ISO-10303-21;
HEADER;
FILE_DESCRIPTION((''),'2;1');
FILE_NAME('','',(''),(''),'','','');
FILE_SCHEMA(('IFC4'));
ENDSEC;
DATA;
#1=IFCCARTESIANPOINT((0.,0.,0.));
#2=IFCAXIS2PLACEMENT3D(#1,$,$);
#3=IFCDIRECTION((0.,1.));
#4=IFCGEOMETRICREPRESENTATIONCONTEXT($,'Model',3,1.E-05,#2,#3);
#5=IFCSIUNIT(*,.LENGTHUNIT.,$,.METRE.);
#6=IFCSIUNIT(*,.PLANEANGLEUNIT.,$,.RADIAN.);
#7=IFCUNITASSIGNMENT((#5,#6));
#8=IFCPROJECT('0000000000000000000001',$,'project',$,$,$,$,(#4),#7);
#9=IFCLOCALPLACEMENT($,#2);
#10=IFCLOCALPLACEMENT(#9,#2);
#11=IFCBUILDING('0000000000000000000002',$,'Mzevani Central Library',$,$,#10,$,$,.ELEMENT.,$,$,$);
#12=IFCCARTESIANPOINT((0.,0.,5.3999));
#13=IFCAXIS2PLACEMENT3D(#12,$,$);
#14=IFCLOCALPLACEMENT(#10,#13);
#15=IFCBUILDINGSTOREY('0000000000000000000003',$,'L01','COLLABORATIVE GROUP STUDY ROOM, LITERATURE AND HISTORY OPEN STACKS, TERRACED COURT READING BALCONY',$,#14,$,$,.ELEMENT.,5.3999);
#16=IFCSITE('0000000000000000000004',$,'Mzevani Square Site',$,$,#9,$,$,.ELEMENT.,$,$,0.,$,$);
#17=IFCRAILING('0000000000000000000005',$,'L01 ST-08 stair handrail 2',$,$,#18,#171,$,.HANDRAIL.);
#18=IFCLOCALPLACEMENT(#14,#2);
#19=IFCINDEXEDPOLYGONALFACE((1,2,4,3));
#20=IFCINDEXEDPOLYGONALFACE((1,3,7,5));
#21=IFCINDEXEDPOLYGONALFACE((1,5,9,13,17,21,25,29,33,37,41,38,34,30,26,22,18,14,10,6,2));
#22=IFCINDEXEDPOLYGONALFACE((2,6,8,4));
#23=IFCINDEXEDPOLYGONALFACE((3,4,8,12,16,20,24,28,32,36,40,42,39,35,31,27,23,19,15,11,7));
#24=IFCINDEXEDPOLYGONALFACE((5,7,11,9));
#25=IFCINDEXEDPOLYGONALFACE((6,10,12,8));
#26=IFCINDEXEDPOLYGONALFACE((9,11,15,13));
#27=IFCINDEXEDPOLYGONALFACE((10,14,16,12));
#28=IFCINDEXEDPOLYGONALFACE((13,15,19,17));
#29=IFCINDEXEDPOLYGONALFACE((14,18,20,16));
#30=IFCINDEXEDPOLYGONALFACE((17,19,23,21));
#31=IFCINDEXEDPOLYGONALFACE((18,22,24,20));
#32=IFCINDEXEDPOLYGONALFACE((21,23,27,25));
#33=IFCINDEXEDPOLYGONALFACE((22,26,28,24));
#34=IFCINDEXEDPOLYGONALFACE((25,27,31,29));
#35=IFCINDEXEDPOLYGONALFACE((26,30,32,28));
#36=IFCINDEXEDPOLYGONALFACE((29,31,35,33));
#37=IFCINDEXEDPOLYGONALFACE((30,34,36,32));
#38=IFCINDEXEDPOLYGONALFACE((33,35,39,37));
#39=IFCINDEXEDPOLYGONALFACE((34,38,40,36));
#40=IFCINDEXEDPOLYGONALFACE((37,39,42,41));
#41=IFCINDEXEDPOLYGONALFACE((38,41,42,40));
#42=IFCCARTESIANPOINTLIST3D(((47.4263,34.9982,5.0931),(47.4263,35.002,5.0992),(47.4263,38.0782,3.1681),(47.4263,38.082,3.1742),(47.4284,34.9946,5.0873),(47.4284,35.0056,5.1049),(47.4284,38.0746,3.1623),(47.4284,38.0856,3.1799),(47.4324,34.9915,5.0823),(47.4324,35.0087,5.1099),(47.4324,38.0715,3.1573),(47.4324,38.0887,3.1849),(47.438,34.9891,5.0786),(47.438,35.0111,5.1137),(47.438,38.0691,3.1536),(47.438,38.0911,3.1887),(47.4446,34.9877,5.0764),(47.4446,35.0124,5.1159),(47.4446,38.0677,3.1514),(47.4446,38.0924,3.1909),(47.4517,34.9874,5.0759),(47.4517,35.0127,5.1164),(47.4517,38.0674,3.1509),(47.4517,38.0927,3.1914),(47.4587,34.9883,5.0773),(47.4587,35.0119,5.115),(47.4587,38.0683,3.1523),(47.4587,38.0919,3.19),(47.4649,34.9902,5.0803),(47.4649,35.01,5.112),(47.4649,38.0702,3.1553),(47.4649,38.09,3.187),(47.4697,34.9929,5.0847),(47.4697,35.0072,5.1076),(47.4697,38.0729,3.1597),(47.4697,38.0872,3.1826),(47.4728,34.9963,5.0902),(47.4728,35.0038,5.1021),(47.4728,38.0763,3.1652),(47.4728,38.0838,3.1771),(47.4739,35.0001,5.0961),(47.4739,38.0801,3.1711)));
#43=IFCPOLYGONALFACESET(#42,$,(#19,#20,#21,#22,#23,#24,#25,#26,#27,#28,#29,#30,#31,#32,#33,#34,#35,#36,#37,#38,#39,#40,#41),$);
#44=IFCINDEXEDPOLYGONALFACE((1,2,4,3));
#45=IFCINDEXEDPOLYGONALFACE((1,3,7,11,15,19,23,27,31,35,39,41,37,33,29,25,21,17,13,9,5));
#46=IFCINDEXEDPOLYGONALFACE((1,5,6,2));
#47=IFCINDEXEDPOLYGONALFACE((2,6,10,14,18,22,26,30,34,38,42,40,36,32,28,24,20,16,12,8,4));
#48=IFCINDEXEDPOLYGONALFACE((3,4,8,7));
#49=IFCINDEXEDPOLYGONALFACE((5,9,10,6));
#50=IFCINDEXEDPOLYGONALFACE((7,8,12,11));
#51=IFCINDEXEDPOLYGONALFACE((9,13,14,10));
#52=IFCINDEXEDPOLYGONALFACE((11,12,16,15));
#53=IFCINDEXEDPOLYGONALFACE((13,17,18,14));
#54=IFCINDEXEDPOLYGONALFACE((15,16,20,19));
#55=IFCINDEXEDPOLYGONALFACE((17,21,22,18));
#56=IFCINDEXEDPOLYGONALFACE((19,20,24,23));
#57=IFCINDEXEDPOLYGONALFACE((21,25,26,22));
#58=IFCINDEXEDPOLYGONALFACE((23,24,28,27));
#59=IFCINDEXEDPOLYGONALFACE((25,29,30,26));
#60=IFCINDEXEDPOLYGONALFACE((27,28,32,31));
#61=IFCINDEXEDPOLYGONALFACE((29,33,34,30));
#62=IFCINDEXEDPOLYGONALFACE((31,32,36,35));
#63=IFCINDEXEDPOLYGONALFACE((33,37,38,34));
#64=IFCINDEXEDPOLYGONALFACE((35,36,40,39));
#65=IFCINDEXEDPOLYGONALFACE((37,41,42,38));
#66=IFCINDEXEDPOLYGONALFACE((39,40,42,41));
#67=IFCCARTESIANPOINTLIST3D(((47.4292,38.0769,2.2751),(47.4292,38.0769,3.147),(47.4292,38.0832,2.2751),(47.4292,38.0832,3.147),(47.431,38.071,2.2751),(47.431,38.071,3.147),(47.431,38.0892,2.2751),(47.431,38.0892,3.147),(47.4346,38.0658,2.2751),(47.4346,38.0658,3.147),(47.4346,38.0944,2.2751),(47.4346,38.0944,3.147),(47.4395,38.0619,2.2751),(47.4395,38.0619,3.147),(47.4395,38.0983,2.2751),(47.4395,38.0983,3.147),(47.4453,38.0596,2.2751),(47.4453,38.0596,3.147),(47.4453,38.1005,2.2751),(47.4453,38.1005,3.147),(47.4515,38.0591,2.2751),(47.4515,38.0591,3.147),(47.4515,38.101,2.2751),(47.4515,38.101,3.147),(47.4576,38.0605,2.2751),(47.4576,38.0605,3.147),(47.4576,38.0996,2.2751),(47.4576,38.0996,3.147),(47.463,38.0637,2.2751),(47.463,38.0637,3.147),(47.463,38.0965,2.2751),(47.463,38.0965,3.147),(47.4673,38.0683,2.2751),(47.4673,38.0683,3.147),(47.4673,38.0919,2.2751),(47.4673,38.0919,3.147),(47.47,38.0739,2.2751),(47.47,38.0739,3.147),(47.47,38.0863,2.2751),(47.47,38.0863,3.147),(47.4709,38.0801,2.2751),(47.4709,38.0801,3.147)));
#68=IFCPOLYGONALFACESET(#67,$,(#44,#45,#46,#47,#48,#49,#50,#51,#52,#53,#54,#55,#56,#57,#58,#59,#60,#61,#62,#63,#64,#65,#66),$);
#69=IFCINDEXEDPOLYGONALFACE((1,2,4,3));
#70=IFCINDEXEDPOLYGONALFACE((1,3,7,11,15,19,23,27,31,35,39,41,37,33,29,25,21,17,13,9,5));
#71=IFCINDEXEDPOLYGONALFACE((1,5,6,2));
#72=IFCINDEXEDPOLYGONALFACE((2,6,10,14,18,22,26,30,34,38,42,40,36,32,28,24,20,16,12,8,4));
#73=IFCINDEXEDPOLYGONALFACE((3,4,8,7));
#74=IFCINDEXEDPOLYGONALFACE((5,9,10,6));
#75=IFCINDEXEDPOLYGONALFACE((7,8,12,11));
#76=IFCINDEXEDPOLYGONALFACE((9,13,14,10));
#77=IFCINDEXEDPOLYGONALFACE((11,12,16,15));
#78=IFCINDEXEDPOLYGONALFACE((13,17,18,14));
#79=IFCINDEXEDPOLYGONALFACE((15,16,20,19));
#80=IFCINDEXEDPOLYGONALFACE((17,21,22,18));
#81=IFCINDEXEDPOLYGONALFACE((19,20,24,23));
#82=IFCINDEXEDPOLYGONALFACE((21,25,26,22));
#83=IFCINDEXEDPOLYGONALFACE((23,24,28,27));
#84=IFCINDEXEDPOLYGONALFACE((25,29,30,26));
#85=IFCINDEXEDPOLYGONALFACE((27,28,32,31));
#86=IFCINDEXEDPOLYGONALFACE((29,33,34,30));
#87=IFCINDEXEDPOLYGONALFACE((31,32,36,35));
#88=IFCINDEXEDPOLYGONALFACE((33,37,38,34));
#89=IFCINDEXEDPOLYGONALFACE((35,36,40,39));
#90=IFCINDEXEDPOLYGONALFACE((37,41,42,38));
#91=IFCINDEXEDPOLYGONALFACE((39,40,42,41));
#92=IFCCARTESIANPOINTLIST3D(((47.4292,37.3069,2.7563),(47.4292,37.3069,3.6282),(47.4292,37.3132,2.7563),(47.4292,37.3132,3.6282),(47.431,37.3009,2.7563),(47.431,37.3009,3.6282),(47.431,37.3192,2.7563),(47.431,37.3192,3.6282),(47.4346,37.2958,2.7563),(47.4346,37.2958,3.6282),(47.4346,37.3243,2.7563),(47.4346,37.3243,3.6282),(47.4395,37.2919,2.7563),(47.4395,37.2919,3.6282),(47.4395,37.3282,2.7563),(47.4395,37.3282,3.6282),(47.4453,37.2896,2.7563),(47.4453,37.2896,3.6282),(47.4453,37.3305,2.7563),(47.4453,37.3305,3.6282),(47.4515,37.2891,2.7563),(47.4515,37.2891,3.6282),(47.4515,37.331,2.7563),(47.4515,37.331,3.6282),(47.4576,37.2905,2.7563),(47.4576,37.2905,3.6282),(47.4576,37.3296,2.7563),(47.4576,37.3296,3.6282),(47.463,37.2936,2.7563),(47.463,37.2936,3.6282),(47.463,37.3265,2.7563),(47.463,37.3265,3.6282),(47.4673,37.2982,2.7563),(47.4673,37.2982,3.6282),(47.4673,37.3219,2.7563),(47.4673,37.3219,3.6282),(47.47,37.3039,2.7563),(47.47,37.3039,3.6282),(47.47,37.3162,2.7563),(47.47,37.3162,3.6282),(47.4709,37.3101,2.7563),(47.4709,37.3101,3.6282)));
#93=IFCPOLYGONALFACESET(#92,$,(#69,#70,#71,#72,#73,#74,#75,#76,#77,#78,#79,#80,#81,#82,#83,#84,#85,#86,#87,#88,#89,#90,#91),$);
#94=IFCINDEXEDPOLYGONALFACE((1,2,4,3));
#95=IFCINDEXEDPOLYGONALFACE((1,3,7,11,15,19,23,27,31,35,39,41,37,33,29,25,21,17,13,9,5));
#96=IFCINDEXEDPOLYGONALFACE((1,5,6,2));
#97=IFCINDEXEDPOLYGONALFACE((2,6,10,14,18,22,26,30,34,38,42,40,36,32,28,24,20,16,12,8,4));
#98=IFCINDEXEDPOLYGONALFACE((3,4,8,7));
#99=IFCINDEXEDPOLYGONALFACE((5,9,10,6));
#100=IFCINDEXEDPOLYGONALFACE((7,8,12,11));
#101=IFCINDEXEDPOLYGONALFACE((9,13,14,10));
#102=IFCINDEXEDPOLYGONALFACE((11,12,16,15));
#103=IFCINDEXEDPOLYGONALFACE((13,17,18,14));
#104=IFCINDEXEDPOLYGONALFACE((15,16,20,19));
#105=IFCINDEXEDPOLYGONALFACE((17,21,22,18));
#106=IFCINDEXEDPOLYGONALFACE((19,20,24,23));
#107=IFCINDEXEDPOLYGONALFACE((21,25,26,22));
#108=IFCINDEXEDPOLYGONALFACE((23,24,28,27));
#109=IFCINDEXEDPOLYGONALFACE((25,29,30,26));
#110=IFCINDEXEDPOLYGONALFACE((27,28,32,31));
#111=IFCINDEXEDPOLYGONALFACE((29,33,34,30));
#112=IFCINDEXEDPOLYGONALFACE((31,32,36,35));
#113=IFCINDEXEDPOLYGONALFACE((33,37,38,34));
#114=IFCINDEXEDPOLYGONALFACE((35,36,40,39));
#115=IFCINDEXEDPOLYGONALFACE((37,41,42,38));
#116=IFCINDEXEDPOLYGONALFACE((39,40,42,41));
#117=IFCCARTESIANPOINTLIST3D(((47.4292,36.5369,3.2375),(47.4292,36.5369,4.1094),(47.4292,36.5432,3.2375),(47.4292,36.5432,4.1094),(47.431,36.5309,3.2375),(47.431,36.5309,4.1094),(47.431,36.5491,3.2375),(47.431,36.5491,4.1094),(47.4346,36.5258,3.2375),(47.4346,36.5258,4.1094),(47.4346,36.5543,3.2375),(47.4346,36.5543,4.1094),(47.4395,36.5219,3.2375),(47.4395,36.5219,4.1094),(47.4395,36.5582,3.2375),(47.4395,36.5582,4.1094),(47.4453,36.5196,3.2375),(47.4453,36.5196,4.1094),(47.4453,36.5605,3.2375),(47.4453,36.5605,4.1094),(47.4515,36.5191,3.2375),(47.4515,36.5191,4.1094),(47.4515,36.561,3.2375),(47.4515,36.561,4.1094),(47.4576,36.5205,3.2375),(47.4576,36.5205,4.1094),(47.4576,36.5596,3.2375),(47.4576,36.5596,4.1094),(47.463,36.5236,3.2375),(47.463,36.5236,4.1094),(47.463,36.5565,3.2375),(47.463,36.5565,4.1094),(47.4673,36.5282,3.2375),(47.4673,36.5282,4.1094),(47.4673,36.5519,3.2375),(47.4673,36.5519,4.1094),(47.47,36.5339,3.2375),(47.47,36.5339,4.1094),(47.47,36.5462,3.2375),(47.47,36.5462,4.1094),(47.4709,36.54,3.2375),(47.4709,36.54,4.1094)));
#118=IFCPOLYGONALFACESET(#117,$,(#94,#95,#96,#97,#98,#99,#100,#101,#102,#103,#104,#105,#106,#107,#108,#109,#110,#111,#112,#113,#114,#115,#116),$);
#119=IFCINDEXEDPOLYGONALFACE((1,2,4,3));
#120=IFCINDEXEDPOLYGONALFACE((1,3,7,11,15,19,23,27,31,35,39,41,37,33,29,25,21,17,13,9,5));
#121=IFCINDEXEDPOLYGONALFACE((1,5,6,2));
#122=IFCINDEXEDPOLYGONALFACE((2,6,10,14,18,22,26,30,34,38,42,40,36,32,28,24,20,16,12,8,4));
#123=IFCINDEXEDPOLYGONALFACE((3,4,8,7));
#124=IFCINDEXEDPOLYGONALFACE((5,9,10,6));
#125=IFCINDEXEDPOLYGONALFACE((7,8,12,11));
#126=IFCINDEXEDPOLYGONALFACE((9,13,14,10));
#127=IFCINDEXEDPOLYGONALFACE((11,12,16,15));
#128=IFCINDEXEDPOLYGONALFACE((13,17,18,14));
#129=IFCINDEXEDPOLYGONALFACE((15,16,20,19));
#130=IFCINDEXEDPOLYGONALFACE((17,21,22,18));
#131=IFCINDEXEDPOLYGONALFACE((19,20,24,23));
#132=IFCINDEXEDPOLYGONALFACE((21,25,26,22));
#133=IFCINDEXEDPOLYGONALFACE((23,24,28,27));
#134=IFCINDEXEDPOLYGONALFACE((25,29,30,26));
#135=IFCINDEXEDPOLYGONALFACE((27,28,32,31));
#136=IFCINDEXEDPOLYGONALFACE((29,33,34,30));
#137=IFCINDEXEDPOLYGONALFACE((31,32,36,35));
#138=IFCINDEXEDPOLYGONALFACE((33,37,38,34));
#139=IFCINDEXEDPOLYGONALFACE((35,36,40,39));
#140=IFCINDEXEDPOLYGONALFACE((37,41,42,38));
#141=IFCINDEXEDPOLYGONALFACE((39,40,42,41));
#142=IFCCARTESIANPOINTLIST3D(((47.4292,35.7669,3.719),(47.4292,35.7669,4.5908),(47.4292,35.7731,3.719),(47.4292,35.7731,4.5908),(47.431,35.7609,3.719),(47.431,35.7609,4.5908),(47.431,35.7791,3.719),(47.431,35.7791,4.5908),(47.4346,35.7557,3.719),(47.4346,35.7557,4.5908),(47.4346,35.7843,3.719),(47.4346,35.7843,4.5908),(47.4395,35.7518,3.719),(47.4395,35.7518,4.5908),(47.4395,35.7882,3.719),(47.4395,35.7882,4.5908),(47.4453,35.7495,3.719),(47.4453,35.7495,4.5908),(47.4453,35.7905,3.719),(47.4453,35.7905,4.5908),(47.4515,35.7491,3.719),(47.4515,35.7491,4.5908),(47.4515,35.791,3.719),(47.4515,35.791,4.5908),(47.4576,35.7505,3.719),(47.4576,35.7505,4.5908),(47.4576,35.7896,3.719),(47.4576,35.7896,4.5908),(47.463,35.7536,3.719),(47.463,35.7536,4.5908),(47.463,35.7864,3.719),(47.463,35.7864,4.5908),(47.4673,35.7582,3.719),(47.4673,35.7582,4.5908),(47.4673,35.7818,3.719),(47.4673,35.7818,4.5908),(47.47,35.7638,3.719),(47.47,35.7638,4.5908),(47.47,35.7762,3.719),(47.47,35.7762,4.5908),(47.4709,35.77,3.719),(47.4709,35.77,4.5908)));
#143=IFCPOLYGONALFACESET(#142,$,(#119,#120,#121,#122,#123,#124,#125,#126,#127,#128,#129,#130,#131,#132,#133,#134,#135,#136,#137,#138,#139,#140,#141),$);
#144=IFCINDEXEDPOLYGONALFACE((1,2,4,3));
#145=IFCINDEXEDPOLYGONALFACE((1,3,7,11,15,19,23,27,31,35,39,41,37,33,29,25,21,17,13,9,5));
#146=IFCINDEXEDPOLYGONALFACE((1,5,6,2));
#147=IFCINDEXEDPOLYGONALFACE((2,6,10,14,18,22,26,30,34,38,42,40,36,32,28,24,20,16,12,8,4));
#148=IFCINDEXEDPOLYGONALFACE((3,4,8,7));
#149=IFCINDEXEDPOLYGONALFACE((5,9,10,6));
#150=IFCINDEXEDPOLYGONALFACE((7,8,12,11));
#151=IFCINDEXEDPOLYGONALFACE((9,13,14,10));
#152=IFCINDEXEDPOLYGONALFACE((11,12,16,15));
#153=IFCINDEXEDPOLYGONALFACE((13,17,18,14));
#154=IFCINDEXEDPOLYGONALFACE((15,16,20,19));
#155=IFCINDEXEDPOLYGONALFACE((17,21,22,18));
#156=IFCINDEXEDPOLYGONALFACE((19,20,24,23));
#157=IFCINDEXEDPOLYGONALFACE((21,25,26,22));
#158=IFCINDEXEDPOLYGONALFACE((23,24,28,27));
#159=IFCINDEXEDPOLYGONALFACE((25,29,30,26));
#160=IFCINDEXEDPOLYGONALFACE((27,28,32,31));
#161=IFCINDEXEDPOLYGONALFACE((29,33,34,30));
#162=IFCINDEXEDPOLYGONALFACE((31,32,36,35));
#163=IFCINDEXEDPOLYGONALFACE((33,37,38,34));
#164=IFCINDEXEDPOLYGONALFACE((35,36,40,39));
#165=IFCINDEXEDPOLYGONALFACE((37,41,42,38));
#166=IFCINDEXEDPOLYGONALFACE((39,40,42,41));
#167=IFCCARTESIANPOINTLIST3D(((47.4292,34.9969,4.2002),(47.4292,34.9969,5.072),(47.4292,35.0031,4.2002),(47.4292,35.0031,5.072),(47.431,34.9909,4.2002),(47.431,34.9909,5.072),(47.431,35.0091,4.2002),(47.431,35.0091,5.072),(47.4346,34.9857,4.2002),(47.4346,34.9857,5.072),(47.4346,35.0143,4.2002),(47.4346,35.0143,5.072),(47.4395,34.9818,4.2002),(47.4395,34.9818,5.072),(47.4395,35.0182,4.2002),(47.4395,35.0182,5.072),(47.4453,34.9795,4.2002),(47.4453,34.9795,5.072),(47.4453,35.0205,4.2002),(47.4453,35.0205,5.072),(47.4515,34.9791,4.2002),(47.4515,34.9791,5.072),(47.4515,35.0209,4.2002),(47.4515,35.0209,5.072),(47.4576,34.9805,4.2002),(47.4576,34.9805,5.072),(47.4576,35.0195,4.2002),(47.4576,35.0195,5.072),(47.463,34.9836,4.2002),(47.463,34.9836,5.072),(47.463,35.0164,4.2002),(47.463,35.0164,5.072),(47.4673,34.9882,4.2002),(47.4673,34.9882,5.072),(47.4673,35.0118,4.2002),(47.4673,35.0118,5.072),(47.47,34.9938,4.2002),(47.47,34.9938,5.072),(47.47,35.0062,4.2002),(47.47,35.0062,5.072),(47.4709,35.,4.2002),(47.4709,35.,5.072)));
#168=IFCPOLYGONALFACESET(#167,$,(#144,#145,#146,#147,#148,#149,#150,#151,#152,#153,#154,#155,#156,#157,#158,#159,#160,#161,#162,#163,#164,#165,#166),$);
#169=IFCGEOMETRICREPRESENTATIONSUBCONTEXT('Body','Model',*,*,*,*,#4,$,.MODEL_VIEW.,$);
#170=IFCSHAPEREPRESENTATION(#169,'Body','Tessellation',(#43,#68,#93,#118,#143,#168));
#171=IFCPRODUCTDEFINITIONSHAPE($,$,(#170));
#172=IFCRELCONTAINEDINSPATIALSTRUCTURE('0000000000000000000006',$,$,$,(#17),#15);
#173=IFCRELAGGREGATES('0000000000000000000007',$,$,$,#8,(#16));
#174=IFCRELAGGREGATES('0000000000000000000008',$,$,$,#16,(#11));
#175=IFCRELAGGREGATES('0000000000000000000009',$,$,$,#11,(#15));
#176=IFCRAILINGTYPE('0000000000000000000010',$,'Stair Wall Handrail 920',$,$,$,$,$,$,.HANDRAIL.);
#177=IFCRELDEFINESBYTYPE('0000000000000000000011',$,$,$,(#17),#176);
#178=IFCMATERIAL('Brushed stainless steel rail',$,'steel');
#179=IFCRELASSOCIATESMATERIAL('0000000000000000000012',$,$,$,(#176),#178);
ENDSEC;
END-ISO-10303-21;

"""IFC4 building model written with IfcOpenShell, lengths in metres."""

from ifc_helpers import new_model, si_unit, direction, frame, origin, origin_2d, place, context, subcontext, project, spatial, circle, extrude, material, type_object, element, save


model = new_model("IFC4")

# Units and contexts
model_context = context("Model", 3, precision=1e-05, world=origin(), true_north=direction((0.0, 1.0)))
body_context = subcontext(model_context, "Body", "Model", "MODEL_VIEW")
ifc_project = project(units=[si_unit("LENGTHUNIT", "METRE"), si_unit("PLANEANGLEUNIT", "RADIAN")], contexts=[model_context])

# Site, building, storey
site_placement = place(None, origin())
site = spatial("IfcSite", under=ifc_project, at=site_placement, Name="Mzevani Square Site", CompositionType="ELEMENT", RefElevation=0.0)
building_placement = place(site_placement, origin())
building = spatial("IfcBuilding", under=site, at=building_placement, Name="Mzevani Central Library", CompositionType="ELEMENT")
storey_placement = place(building_placement, frame((0.0, 0.0, 5.3999)))
storey = spatial("IfcBuildingStorey", under=building, at=storey_placement, Name="L01", Description="COLLABORATIVE GROUP STUDY ROOM, LITERATURE AND HISTORY OPEN STACKS, TERRACED COURT READING BALCONY", CompositionType="ELEMENT", Elevation=5.3999)

# Shared definitions
ifc_material_1 = material(Name="Brushed stainless steel rail", Category="steel")

# Railing
railing_type_1 = type_object("IfcRailingType", Name="Stair Wall Handrail 920", PredefinedType="HANDRAIL", material=ifc_material_1)
railing_1_placement = place(storey_placement, frame((47.45, 38.0801, 2.2751)))
element("IfcRailing", 1, at=railing_1_placement, inside=storey, type_object=railing_type_1, Name="L01 ST-08 stair handrail 2", PredefinedType="HANDRAIL", context=body_context, shape_type="SweptSolid", body=[
    extrude(circle(Radius=0.0239, at=origin_2d()), frame((0.0, 0.0, 0.896), z_axis=(0.0, -0.847998, 0.529999), x_axis=(1.0, 0.0, 0.0)), (0.0, 0.0, 1.0), 3.6321),
    extrude(circle(Radius=0.021, at=origin_2d()), origin(), (0.0, 0.0, 1.0), 0.8718),
    extrude(circle(Radius=0.021, at=origin_2d()), frame((0.0, -0.77, 0.4812)), (0.0, 0.0, 1.0), 0.8718),
    extrude(circle(Radius=0.021, at=origin_2d()), frame((0.0, -1.54, 0.9624)), (0.0, 0.0, 1.0), 0.8718),
    extrude(circle(Radius=0.021, at=origin_2d()), frame((0.0, -2.3101, 1.4438)), (0.0, 0.0, 1.0), 0.8718),
    extrude(circle(Radius=0.021, at=origin_2d()), frame((0.0, -3.0801, 1.925)), (0.0, 0.0, 1.0), 0.8718),
])

save(model, "model.ifc")
